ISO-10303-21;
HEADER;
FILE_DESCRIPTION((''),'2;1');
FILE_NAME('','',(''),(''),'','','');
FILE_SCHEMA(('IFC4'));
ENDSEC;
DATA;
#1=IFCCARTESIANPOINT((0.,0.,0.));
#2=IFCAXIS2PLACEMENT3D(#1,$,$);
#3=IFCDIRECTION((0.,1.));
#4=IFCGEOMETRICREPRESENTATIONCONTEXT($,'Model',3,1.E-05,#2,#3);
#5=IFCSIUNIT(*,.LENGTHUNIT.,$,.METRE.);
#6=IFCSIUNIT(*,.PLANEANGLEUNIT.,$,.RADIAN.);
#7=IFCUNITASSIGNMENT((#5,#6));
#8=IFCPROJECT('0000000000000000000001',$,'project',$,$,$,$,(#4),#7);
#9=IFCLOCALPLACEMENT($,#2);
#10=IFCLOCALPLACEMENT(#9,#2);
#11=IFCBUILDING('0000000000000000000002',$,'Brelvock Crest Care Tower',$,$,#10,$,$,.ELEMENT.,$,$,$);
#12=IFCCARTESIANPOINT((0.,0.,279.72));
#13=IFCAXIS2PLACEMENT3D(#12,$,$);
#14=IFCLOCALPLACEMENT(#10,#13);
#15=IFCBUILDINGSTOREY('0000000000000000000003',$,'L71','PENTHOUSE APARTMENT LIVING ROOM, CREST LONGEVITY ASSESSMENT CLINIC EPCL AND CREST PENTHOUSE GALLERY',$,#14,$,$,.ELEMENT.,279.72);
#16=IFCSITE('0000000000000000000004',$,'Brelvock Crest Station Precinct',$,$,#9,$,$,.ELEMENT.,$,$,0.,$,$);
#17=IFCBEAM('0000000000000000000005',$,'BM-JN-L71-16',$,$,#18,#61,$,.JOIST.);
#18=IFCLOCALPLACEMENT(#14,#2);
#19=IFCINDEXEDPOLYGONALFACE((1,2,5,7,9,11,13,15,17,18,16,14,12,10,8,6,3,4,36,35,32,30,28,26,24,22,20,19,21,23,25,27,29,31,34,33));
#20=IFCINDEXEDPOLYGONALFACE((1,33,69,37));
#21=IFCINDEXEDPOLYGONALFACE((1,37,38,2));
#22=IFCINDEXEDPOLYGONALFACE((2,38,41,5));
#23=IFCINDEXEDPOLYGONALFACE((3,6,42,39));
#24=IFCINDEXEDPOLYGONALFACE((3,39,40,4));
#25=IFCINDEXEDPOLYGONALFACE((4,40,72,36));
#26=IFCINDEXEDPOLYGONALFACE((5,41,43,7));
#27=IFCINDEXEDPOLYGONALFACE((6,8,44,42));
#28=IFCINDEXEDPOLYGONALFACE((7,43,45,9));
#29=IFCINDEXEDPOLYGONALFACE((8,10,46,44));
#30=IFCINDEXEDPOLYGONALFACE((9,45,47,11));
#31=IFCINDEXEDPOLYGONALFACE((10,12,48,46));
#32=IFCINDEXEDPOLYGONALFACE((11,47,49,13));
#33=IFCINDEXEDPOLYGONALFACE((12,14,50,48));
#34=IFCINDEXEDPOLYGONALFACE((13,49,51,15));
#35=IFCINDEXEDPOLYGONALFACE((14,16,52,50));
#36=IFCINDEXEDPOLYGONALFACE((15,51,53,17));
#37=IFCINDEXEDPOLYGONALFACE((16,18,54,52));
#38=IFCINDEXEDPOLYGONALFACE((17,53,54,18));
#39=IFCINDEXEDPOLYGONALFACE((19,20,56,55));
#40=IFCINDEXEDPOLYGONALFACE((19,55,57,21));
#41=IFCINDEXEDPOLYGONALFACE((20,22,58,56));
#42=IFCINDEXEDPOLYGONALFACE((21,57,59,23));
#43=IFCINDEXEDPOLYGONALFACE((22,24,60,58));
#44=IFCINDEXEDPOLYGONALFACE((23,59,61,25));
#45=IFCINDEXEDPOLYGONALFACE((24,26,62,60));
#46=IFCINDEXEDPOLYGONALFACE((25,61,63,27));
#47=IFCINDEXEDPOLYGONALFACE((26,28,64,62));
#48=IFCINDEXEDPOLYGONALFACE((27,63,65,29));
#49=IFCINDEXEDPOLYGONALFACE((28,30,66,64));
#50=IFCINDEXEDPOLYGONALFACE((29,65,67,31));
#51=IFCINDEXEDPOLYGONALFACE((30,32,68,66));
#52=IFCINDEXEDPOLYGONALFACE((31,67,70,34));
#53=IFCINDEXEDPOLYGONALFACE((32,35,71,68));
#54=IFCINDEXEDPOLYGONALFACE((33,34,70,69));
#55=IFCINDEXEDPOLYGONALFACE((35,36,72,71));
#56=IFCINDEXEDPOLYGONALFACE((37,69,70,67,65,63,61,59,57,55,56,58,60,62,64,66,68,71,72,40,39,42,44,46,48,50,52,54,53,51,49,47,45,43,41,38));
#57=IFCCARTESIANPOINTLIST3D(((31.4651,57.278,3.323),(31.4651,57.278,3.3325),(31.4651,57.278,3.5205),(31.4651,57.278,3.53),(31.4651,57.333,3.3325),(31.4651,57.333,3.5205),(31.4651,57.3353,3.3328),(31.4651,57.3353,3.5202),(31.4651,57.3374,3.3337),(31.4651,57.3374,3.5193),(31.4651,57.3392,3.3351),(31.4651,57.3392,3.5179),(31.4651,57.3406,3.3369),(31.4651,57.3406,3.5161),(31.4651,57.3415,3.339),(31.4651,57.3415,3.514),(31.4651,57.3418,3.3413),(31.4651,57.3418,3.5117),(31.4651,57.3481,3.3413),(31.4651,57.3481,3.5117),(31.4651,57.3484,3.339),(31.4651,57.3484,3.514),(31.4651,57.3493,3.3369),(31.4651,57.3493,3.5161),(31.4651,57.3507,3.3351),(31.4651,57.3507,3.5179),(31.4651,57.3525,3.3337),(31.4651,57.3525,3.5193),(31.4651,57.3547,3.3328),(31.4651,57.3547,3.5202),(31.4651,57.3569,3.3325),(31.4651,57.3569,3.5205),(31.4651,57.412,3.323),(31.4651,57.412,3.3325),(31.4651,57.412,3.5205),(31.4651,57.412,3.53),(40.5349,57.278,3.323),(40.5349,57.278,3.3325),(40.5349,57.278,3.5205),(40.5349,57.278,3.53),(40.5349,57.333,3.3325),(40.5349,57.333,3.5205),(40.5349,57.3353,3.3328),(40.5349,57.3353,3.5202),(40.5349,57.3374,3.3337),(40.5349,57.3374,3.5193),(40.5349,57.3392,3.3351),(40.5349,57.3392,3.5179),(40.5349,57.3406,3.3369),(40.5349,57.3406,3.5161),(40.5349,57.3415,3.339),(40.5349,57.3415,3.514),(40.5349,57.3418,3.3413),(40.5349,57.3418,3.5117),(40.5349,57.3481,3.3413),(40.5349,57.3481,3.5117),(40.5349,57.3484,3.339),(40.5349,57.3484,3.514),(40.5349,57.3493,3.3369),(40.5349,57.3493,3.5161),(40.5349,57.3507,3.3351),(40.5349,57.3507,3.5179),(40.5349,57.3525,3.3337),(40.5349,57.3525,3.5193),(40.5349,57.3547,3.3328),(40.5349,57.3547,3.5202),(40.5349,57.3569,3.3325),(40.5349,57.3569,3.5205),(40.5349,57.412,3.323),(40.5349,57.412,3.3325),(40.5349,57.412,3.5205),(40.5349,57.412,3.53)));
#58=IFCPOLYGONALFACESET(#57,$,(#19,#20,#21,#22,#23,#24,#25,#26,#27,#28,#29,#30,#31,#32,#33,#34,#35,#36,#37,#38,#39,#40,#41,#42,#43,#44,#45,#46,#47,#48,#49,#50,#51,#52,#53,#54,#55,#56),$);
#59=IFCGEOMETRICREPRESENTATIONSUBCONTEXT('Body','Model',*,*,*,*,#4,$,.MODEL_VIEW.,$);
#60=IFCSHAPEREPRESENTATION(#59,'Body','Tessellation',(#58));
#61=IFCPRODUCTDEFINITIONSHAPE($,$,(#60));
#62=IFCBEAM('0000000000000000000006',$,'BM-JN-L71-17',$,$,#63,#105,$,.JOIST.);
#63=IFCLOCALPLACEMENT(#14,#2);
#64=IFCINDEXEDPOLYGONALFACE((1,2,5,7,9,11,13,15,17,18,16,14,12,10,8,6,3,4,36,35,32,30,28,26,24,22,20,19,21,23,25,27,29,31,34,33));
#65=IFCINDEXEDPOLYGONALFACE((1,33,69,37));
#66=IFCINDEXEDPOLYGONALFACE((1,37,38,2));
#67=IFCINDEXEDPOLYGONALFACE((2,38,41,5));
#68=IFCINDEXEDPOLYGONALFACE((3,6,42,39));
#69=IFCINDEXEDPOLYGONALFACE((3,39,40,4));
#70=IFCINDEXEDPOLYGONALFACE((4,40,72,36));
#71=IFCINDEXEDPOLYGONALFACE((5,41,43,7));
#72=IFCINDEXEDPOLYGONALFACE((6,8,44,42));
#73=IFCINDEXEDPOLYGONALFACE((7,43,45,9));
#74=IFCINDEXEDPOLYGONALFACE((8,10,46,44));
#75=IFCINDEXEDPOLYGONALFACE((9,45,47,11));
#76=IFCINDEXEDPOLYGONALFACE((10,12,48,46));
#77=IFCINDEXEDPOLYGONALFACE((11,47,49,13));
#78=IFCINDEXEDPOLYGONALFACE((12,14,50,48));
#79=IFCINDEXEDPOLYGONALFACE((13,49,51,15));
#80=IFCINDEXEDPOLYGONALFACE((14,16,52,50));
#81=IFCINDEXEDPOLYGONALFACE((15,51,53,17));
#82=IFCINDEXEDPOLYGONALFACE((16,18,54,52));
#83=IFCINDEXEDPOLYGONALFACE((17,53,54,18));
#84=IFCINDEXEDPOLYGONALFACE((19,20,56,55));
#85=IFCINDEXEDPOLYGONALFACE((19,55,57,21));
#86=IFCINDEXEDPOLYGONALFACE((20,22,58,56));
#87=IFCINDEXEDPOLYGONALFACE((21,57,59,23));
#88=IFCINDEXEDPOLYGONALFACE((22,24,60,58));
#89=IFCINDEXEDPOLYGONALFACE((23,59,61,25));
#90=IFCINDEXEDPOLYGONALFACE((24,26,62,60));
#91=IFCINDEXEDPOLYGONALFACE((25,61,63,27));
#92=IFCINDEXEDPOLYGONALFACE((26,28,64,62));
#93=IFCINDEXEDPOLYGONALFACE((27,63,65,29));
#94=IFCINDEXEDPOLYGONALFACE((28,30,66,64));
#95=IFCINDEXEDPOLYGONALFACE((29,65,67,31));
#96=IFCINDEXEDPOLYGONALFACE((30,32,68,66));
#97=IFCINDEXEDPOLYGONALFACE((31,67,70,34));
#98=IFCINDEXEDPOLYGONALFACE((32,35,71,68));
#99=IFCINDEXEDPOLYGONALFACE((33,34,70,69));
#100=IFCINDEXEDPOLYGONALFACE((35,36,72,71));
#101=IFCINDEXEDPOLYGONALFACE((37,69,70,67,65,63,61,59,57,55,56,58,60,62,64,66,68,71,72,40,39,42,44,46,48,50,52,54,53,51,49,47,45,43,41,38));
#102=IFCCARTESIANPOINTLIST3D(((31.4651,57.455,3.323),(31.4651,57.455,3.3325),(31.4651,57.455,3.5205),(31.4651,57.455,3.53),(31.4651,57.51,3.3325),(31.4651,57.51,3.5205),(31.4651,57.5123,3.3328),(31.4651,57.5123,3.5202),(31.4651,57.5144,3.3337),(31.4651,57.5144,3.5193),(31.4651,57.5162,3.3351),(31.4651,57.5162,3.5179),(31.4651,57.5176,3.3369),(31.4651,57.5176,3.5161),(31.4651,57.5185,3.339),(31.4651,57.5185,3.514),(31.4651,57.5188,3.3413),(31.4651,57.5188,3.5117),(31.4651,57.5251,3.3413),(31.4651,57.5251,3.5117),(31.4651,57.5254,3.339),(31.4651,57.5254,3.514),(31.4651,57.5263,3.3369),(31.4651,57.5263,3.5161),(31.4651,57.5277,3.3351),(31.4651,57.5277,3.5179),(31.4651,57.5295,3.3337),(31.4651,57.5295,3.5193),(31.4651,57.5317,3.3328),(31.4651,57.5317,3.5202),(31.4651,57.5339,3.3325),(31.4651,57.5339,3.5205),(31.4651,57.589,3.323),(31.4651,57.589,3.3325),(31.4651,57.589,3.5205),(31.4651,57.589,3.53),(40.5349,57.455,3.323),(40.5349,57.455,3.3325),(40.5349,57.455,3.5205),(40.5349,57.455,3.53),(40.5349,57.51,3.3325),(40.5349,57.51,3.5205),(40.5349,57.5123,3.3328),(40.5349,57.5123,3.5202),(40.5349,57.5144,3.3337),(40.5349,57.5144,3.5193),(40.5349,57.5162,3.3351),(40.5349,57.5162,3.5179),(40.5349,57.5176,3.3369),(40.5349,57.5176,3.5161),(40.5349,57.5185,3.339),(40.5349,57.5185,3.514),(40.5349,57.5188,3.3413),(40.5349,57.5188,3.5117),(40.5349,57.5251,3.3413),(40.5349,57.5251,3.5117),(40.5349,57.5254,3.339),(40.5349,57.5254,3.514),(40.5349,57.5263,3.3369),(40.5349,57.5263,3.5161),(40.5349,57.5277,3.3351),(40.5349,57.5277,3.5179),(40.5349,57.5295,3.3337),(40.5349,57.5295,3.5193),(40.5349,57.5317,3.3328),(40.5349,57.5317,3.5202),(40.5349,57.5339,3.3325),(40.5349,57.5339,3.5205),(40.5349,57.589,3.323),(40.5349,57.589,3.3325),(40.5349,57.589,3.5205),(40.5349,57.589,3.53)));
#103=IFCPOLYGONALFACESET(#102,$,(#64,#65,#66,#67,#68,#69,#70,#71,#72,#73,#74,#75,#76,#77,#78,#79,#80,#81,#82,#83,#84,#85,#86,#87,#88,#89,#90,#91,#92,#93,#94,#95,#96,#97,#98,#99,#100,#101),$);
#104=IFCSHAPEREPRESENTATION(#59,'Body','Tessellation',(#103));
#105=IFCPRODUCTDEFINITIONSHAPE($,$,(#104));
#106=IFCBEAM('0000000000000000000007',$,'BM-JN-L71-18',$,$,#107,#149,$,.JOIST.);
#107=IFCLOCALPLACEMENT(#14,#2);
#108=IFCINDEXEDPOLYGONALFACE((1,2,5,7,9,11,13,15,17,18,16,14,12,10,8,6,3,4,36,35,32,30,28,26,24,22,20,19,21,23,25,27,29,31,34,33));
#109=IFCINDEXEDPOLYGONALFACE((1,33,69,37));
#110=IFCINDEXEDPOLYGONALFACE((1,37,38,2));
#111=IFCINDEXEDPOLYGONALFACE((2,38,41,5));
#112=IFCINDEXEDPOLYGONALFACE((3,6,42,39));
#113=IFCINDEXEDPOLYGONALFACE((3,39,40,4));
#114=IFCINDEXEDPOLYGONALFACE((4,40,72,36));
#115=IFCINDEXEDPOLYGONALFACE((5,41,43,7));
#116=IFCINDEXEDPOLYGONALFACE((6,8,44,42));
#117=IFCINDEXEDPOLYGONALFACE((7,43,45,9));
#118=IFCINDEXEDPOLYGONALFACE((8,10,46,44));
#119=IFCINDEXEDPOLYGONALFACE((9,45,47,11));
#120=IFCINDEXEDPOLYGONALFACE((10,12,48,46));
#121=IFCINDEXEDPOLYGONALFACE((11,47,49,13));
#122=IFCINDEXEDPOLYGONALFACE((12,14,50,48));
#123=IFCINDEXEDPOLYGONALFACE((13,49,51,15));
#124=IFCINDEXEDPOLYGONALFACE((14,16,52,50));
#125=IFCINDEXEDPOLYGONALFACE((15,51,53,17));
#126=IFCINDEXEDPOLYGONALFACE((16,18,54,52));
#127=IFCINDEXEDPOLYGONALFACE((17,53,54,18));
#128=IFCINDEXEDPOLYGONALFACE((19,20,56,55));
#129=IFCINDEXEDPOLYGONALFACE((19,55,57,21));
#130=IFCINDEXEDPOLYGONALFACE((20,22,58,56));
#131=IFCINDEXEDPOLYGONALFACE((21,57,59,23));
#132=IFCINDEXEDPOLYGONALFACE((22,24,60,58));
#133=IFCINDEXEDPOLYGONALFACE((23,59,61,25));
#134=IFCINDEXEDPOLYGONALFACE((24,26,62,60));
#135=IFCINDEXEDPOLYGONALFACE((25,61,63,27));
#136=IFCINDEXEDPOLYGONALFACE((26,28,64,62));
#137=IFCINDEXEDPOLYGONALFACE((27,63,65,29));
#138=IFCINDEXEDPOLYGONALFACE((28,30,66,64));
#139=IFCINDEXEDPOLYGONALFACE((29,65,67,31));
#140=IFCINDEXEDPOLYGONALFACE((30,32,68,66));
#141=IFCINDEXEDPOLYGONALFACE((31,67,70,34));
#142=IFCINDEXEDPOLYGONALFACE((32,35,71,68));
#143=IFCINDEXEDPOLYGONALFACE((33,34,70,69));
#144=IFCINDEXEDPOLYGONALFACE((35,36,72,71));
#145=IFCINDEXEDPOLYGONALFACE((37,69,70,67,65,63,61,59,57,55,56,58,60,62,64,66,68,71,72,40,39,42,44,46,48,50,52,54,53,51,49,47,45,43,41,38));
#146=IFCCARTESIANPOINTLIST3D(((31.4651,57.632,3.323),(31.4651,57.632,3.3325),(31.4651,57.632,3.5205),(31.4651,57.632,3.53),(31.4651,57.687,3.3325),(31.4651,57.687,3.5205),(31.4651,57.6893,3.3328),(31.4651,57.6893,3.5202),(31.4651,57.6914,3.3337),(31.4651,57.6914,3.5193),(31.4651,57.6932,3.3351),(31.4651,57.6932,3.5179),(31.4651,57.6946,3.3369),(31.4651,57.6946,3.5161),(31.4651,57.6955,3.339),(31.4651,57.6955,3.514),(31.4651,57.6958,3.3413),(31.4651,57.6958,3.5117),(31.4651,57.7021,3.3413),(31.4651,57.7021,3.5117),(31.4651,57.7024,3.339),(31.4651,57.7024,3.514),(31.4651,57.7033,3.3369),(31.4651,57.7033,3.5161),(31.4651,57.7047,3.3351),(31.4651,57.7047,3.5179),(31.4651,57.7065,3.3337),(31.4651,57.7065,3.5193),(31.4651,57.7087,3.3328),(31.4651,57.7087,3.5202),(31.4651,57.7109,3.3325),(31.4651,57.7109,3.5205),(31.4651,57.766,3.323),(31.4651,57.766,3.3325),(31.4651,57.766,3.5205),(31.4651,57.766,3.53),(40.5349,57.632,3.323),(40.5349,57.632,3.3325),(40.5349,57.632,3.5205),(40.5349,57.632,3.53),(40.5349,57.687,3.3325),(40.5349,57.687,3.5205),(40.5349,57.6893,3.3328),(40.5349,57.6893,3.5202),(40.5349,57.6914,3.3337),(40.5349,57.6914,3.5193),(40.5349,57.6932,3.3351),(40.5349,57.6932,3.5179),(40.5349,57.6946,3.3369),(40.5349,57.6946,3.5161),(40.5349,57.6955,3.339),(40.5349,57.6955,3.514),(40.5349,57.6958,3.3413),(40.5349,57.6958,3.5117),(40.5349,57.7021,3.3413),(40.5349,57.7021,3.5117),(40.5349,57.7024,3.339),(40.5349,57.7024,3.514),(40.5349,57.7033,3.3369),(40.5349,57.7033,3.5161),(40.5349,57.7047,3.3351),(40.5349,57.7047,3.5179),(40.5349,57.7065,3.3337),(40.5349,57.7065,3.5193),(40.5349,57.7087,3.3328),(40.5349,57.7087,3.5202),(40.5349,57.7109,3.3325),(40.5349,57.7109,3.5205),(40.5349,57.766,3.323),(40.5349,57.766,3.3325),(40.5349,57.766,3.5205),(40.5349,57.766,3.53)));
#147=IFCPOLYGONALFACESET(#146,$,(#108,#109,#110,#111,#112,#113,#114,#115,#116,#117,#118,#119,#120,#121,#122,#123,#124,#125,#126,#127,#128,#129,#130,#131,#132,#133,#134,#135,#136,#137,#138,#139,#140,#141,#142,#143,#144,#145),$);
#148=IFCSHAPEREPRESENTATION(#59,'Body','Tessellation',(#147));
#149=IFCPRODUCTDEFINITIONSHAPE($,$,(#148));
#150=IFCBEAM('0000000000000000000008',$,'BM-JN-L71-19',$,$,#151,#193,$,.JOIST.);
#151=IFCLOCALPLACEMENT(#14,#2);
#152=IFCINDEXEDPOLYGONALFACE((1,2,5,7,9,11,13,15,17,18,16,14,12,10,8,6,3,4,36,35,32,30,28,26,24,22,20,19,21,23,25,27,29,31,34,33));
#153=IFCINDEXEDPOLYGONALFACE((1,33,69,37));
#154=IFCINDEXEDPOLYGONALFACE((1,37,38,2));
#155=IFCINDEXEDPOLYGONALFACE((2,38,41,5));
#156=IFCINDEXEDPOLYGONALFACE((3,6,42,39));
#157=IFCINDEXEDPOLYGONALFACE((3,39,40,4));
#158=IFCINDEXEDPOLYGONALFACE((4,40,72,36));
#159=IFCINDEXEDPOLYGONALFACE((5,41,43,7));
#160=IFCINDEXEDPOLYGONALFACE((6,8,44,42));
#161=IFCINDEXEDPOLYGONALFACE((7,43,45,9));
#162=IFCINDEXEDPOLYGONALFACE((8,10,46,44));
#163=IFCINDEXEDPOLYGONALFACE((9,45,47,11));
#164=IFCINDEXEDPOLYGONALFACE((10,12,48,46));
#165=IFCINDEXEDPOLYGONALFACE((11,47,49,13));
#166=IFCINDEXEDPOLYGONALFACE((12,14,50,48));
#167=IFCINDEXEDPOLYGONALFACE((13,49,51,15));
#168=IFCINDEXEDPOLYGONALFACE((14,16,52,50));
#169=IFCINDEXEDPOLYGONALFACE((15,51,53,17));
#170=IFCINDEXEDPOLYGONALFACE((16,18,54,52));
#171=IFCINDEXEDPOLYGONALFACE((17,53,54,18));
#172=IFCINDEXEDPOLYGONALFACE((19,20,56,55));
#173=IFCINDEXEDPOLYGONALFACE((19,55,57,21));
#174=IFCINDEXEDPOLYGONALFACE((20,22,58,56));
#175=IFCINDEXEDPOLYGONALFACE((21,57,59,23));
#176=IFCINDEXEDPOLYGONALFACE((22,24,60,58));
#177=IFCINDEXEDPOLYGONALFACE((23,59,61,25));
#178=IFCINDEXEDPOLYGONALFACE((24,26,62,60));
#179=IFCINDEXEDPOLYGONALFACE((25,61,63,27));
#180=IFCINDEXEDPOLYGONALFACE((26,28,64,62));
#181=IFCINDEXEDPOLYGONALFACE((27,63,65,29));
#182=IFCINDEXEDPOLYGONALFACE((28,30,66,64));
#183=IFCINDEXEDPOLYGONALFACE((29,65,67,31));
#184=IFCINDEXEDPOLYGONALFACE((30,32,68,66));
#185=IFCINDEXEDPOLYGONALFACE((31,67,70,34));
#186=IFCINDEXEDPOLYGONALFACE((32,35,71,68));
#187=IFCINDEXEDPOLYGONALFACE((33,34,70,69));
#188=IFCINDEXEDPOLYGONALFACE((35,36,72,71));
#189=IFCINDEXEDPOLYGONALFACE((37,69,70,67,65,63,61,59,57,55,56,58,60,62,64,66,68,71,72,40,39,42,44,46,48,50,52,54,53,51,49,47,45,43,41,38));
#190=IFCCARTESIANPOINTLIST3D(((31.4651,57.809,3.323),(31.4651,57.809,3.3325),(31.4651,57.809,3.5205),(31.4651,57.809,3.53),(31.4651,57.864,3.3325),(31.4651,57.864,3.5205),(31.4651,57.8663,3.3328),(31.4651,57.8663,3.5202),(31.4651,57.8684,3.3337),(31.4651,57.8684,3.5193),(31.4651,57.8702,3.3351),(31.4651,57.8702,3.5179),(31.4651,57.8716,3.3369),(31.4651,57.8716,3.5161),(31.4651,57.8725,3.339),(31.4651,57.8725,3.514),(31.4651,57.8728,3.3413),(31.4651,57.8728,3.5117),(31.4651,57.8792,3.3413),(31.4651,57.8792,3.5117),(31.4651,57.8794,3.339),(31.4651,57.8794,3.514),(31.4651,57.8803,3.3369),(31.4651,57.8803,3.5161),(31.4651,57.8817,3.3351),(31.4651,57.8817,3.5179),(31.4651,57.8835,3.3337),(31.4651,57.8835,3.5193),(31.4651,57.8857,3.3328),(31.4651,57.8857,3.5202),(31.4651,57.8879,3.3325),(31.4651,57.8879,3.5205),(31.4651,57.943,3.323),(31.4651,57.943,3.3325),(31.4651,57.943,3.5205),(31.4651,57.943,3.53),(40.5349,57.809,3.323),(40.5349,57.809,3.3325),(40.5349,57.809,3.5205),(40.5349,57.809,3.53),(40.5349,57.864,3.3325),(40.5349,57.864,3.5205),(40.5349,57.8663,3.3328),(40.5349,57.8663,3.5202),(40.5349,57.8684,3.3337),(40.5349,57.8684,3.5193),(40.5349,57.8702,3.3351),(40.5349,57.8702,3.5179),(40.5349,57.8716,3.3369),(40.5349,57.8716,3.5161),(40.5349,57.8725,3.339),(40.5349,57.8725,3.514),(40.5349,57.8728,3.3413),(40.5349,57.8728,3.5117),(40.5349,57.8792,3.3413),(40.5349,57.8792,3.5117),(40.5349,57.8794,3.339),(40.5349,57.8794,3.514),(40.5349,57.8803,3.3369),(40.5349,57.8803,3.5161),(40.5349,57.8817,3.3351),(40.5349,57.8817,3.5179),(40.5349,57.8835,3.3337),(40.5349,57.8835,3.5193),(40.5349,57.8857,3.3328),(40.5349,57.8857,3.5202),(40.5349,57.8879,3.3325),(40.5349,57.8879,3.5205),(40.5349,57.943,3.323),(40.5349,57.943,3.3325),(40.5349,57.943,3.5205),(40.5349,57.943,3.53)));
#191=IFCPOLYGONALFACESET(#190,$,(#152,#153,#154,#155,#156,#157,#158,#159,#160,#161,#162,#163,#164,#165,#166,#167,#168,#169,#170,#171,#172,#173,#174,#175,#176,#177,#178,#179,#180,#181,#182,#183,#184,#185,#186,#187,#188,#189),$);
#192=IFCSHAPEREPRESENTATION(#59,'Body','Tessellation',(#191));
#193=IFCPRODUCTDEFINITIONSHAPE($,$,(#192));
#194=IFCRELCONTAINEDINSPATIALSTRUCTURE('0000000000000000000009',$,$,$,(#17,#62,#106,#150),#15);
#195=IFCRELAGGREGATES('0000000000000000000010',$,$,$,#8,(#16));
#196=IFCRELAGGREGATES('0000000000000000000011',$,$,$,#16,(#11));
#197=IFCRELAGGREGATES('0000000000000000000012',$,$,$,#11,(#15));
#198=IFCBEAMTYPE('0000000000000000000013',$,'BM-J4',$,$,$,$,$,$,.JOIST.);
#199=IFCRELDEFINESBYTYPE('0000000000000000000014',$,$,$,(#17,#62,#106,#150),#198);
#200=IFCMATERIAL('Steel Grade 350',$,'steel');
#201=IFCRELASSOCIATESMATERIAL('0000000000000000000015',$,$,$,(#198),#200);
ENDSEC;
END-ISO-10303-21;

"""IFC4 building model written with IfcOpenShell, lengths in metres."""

from ifc_helpers import new_model, si_unit, direction, frame, origin, origin_2d, place, context, subcontext, project, spatial, i_section, extrude, source, transform, mapped, material, material_profile, profile_set, type_object, element, save


model = new_model("IFC4")

# Units and contexts
model_context = context("Model", 3, precision=1e-05, world=origin(), true_north=direction((0.0, 1.0)))
body_context = subcontext(model_context, "Body", "Model", "MODEL_VIEW")
ifc_project = project(units=[si_unit("LENGTHUNIT", "METRE"), si_unit("PLANEANGLEUNIT", "RADIAN")], contexts=[model_context])

# Site, building, storey
site_placement = place(None, origin())
site = spatial("IfcSite", under=ifc_project, at=site_placement, Name="Brelvock Crest Station Precinct", CompositionType="ELEMENT", RefElevation=0.0)
building_placement = place(site_placement, origin())
building = spatial("IfcBuilding", under=site, at=building_placement, Name="Brelvock Crest Care Tower", CompositionType="ELEMENT")
storey_placement = place(building_placement, frame((0.0, 0.0, 279.72)))
storey = spatial("IfcBuildingStorey", under=building, at=storey_placement, Name="L71", Description="PENTHOUSE APARTMENT LIVING ROOM, CREST LONGEVITY ASSESSMENT CLINIC EPCL AND CREST PENTHOUSE GALLERY", CompositionType="ELEMENT", Elevation=279.72)

# Beams
ifc_material_1 = material(Name="Steel Grade 350", Category="steel")
ifc_material_profile_1 = material_profile(ifc_material_1, i_section(OverallWidth=0.134, OverallDepth=0.207, WebThickness=0.0063, FlangeThickness=0.0095, FilletRadius=0.0088, at=origin_2d()), Name="200UB29.8")
ifc_profile_set_1 = profile_set([ifc_material_profile_1], Name="Steel Grade 350")
beam_type_1 = type_object("IfcBeamType", Name="BM-J4", PredefinedType="JOIST", material=ifc_profile_set_1)
shared_shape_1 = source(origin(), body_context, "Body", "SweptSolid", [
    extrude(i_section(OverallWidth=0.134, OverallDepth=0.207, WebThickness=0.0063, FlangeThickness=0.0095, FilletRadius=0.0088, at=origin_2d()), origin(), (0.0, 0.0, 1.0), 9.0698),
])
for number, where, z_axis, x_axis, name in (
    (1, (31.4651, 57.345, 3.4265), (1.0, 0.0, 0.0), (0.0, 1.0, 0.0), "BM-JN-L71-16"),
    (2, (31.4651, 57.522, 3.4265), (1.0, 0.0, 0.0), (0.0, 1.0, 0.0), "BM-JN-L71-17"),
    (3, (31.4651, 57.699, 3.4265), (1.0, 0.0, 0.0), (0.0, 1.0, 0.0), "BM-JN-L71-18"),
    (4, (31.4651, 57.876, 3.4265), (1.0, 0.0, 0.0), (0.0, 1.0, 0.0), "BM-JN-L71-19"),
):
    element("IfcBeam", number, at=place(storey_placement, frame(where, z_axis=z_axis, x_axis=x_axis)), inside=storey, type_object=beam_type_1, Name=name, PredefinedType="JOIST", context=body_context, shape_type="MappedRepresentation", body=[
        mapped(shared_shape_1, transform((0.0, 0.0, 0.0), x_axis=(1.0, 0.0, 0.0), y_axis=(0.0, 1.0, 0.0), z_axis=(0.0, 0.0, 1.0), scale=1.0)),
    ])

save(model, "model.ifc")
